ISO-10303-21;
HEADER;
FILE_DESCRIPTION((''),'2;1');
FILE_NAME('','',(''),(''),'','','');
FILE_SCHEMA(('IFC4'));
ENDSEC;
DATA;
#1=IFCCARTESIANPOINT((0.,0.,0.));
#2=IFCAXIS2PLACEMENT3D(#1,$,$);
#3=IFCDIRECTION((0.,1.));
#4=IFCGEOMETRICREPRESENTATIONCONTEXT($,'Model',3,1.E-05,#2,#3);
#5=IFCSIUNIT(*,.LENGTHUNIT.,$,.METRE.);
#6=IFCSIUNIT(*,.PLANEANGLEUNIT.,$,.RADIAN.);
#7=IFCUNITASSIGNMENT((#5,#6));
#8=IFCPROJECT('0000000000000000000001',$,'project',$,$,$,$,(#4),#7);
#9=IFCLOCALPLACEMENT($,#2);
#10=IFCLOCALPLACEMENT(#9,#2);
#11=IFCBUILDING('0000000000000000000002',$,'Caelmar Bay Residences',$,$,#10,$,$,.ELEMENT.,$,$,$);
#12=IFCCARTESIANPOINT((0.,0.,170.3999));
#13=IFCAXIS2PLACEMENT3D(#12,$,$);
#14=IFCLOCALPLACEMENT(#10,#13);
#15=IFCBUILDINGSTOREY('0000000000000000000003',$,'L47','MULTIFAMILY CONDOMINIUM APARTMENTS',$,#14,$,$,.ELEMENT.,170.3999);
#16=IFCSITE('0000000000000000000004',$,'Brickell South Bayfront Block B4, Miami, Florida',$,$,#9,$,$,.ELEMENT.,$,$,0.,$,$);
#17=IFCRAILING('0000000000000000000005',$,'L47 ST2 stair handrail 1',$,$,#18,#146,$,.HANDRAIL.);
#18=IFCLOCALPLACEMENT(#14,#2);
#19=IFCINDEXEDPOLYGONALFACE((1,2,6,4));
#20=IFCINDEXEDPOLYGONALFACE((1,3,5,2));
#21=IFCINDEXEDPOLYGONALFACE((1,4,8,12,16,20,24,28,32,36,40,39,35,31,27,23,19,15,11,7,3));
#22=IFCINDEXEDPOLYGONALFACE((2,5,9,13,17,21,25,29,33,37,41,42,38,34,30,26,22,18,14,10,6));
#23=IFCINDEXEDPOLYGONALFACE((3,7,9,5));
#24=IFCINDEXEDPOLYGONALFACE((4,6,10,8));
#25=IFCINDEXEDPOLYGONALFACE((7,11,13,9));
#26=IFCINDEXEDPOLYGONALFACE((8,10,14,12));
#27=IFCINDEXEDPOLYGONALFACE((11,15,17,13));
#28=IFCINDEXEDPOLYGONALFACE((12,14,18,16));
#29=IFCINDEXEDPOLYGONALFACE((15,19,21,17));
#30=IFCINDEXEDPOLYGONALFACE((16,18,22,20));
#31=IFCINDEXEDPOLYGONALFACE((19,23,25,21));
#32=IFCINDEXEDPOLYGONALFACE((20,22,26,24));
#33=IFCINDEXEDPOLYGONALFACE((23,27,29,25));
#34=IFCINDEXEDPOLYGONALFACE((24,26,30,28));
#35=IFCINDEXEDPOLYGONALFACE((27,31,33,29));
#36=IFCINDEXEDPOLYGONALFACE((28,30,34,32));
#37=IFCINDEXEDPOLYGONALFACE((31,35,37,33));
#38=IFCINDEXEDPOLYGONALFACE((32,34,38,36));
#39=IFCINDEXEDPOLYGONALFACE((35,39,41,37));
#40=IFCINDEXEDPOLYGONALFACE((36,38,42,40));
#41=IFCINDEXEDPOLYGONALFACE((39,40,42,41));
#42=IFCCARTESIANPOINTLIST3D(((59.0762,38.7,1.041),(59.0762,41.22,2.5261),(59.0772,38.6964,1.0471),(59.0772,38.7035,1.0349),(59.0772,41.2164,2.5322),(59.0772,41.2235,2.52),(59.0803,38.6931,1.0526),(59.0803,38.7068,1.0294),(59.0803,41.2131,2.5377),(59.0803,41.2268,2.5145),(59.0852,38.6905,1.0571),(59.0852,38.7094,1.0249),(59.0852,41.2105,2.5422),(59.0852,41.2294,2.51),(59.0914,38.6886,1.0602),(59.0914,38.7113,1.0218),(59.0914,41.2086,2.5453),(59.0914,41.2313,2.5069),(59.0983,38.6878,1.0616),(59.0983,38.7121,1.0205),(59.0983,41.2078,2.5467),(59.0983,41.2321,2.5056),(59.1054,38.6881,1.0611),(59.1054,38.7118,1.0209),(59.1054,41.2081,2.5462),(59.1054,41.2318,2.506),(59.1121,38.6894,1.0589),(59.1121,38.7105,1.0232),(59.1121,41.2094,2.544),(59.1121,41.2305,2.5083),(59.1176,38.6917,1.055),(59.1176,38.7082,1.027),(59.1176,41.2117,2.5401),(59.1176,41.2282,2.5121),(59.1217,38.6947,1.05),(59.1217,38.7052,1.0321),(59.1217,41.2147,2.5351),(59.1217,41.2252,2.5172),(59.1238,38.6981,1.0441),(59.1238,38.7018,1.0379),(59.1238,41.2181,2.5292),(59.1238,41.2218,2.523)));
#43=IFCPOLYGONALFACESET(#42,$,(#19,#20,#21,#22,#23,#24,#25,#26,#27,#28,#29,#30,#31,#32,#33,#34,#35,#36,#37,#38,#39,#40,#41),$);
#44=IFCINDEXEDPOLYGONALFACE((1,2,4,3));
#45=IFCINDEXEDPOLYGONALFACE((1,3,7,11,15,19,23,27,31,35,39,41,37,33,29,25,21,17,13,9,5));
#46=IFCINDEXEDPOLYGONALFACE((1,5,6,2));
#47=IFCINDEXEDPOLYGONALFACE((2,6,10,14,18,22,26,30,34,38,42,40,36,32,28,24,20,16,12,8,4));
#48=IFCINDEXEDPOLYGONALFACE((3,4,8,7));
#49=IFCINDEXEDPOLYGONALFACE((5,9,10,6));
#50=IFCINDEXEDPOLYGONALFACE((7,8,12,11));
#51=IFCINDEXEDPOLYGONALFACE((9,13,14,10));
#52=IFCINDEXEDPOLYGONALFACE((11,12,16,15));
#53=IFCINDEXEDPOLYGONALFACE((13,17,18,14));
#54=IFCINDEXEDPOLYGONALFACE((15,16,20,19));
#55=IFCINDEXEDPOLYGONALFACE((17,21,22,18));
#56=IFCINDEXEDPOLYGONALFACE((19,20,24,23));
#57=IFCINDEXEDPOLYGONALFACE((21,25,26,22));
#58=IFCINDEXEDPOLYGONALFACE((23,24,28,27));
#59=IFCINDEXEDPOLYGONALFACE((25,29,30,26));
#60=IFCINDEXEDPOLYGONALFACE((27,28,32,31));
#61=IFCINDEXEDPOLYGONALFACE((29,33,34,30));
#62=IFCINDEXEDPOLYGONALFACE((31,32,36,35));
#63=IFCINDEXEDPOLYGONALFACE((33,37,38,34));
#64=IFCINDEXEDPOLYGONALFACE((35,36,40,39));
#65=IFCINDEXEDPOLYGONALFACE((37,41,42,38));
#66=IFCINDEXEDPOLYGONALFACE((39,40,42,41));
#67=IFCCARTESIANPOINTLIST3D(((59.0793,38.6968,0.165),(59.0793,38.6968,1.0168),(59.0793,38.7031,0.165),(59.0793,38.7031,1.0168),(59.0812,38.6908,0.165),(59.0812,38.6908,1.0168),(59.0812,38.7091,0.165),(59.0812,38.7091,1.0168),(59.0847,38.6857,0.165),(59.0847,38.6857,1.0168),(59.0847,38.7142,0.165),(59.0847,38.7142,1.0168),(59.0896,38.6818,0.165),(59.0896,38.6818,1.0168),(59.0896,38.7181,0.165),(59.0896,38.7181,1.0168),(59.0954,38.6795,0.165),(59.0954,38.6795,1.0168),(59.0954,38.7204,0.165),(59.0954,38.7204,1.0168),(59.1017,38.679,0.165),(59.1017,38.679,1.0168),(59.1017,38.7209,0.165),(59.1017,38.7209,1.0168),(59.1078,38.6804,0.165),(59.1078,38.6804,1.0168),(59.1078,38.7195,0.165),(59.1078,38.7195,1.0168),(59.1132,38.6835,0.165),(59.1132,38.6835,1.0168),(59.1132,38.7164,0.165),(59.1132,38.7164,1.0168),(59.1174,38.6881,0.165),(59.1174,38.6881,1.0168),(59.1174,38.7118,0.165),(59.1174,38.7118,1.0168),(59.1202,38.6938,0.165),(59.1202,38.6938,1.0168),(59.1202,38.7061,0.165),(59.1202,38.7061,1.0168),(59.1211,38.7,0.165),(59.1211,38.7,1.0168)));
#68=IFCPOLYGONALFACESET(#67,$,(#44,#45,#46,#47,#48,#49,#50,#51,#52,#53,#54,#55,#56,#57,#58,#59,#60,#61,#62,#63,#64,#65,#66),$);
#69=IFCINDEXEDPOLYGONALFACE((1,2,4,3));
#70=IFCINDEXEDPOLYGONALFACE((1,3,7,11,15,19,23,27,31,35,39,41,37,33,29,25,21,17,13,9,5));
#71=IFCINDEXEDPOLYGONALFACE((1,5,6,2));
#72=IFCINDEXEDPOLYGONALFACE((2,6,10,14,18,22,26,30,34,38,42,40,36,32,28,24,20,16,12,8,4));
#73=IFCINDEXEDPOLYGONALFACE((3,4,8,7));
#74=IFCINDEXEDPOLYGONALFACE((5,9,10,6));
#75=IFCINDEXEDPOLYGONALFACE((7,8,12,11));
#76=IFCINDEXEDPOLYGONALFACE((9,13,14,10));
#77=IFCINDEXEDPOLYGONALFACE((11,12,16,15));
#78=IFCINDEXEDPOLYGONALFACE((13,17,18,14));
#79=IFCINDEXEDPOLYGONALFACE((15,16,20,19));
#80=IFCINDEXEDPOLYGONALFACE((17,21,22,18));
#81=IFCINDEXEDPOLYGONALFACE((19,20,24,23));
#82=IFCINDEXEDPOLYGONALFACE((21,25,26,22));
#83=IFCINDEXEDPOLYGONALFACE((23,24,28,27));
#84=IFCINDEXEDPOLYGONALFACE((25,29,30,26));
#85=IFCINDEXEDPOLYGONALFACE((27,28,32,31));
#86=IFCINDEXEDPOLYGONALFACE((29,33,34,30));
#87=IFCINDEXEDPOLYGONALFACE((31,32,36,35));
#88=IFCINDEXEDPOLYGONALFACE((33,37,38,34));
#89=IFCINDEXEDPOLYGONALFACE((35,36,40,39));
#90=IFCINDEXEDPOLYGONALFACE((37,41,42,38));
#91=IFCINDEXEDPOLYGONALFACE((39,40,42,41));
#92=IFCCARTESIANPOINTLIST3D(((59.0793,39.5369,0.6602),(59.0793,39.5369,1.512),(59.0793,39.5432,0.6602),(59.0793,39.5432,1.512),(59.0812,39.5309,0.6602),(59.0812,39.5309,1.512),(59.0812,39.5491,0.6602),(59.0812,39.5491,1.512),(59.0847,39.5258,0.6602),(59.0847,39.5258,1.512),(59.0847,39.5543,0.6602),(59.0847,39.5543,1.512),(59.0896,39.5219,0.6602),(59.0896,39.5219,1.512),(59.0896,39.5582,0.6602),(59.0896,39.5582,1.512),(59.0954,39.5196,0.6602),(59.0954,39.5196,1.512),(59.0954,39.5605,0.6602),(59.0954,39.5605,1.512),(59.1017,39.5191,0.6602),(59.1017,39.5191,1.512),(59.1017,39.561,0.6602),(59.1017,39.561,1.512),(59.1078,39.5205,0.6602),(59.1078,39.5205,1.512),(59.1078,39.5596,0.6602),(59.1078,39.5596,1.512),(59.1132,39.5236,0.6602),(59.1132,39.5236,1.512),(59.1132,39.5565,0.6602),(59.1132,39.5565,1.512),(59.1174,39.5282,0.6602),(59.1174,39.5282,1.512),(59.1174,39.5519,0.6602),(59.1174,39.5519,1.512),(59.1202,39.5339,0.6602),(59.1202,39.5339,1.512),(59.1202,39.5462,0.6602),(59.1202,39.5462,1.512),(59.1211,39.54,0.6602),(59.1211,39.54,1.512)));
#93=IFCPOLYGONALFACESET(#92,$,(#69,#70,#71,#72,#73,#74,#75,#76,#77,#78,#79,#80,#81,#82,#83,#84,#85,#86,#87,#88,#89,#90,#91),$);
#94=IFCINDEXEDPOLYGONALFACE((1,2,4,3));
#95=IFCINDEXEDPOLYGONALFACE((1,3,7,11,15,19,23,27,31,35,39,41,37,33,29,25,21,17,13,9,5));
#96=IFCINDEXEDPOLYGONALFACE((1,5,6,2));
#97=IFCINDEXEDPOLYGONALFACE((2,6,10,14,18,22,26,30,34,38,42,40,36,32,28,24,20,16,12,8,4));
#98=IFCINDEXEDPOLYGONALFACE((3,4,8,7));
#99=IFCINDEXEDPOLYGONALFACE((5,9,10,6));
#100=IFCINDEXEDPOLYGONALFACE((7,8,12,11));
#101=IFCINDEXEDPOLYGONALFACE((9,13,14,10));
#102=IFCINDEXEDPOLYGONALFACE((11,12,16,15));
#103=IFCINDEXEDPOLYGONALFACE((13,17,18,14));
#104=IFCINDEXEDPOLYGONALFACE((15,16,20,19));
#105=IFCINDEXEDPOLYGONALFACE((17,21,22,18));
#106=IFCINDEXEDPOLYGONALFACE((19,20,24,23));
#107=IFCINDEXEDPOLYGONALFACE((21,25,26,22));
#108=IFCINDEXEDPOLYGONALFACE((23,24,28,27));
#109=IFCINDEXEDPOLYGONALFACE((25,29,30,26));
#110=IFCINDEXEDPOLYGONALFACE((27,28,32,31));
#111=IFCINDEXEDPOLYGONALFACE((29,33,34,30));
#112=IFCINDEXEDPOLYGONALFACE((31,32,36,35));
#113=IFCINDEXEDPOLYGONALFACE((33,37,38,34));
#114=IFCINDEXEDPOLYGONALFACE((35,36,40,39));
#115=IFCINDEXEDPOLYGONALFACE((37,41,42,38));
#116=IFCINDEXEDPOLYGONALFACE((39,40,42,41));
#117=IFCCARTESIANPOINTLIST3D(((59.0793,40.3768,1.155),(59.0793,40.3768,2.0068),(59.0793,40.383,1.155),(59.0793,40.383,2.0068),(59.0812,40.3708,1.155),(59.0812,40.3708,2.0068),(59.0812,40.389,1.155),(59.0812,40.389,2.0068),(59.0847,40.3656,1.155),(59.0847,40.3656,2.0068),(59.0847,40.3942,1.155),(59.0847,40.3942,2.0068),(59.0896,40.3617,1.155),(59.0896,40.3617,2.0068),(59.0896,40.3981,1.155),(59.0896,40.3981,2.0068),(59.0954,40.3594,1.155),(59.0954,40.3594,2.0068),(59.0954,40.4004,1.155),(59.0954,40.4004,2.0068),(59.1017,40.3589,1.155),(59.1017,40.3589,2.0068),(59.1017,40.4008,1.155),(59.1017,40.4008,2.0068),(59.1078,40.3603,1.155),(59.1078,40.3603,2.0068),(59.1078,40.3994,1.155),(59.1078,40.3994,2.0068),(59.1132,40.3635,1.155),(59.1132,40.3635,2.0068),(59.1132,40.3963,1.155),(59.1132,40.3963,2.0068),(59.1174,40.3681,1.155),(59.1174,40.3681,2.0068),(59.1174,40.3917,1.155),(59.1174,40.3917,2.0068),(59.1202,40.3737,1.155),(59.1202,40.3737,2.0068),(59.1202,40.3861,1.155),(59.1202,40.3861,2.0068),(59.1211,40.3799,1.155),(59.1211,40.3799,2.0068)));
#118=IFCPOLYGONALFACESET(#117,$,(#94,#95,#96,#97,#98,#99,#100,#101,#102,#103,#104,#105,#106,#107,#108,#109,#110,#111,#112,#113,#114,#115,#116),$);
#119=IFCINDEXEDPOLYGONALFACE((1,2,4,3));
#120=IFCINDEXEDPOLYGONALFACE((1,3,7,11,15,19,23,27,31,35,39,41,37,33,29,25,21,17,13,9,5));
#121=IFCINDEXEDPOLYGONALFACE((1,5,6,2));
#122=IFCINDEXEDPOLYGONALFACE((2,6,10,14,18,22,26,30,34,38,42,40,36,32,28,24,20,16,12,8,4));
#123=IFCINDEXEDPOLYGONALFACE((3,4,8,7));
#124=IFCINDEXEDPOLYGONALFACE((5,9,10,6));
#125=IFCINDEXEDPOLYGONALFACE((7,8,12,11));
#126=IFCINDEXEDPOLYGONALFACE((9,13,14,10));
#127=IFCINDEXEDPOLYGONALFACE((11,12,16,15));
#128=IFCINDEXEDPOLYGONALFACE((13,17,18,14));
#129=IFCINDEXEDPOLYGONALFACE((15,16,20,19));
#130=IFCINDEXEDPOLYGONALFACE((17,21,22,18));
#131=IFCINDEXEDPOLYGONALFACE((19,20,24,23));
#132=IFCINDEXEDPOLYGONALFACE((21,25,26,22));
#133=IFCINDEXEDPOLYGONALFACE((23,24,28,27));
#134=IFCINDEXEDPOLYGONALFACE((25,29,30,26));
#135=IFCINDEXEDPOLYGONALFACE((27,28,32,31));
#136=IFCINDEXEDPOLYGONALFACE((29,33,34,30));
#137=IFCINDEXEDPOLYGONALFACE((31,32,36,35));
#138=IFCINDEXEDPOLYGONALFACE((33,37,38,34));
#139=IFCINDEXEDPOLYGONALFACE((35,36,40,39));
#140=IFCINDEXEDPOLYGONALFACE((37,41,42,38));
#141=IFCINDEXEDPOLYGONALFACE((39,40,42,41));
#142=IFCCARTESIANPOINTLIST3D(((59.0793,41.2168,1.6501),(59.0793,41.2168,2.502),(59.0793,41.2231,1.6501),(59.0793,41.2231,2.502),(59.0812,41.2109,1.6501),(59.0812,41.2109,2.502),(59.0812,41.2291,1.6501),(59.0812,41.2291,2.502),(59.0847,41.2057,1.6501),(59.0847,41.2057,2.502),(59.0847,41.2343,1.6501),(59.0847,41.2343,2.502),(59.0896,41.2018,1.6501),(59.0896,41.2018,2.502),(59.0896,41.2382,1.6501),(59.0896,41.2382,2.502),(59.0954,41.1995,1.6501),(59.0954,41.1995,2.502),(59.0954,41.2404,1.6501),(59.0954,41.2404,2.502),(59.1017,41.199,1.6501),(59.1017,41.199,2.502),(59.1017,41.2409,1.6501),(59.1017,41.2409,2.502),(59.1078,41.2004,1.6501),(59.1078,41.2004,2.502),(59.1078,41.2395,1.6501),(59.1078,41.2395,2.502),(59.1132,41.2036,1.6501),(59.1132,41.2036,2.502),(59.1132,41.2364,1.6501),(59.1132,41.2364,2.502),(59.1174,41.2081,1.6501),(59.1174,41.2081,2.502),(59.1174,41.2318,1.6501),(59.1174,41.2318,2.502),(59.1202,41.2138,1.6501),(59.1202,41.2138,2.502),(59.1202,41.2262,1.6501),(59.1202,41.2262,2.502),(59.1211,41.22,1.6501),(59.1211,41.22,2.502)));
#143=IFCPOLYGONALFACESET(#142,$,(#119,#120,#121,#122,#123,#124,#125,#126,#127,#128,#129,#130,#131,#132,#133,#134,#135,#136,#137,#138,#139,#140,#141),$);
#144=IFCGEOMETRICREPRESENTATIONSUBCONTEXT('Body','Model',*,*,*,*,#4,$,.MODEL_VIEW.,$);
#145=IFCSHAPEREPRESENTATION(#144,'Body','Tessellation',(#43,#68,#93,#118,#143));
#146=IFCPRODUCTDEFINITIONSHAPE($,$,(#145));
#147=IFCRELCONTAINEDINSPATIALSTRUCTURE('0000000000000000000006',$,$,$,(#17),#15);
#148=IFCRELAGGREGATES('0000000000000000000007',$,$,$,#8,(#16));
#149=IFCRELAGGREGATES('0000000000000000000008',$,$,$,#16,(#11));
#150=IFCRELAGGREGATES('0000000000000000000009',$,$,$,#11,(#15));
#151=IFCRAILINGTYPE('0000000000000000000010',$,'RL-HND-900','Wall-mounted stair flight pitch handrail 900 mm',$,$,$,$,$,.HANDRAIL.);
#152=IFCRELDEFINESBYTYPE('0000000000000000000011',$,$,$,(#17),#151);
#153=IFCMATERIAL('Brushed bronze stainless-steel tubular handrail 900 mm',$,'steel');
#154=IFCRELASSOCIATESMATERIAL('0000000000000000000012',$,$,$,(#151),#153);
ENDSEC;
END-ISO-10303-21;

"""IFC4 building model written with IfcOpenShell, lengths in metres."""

from ifc_helpers import new_model, si_unit, direction, frame, origin, origin_2d, place, context, subcontext, project, spatial, circle, extrude, material, type_object, element, save


model = new_model("IFC4")

# Units and contexts
model_context = context("Model", 3, precision=1e-05, world=origin(), true_north=direction((0.0, 1.0)))
body_context = subcontext(model_context, "Body", "Model", "MODEL_VIEW")
ifc_project = project(units=[si_unit("LENGTHUNIT", "METRE"), si_unit("PLANEANGLEUNIT", "RADIAN")], contexts=[model_context])

# Site, building, storey
site_placement = place(None, origin())
site = spatial("IfcSite", under=ifc_project, at=site_placement, Name="Brickell South Bayfront Block B4, Miami, Florida", CompositionType="ELEMENT", RefElevation=0.0)
building_placement = place(site_placement, origin())
building = spatial("IfcBuilding", under=site, at=building_placement, Name="Caelmar Bay Residences", CompositionType="ELEMENT")
storey_placement = place(building_placement, frame((0.0, 0.0, 170.3999)))
storey = spatial("IfcBuildingStorey", under=building, at=storey_placement, Name="L47", Description="MULTIFAMILY CONDOMINIUM APARTMENTS", CompositionType="ELEMENT", Elevation=170.3999)

# Railing
ifc_material_1 = material(Name="Brushed bronze stainless-steel tubular handrail 900 mm", Category="steel")
railing_type_1 = type_object("IfcRailingType", Name="RL-HND-900", Description="Wall-mounted stair flight pitch handrail 900 mm", PredefinedType="HANDRAIL", material=ifc_material_1)
railing_1_placement = place(storey_placement, frame((59.1001, 38.7, 0.165)))
element("IfcRailing", 1, at=railing_1_placement, inside=storey, type_object=railing_type_1, Name="L47 ST2 stair handrail 1", PredefinedType="HANDRAIL", context=body_context, shape_type="SweptSolid", body=[
    extrude(circle(Radius=0.0239, at=origin_2d()), frame((0.0, 0.0, 0.876), z_axis=(0.0, 0.861524, 0.507717), x_axis=(-1.0, 0.0, 0.0)), (0.0, 0.0, 1.0), 2.925),
    extrude(circle(Radius=0.021, at=origin_2d()), origin(), (0.0, 0.0, 1.0), 0.8518),
    extrude(circle(Radius=0.021, at=origin_2d()), frame((0.0, 0.8401, 0.4951)), (0.0, 0.0, 1.0), 0.8518),
    extrude(circle(Radius=0.021, at=origin_2d()), frame((0.0, 1.6799, 0.99)), (0.0, 0.0, 1.0), 0.8518),
    extrude(circle(Radius=0.021, at=origin_2d()), frame((0.0, 2.52, 1.4851)), (0.0, 0.0, 1.0), 0.8518),
])

save(model, "model.ifc")
